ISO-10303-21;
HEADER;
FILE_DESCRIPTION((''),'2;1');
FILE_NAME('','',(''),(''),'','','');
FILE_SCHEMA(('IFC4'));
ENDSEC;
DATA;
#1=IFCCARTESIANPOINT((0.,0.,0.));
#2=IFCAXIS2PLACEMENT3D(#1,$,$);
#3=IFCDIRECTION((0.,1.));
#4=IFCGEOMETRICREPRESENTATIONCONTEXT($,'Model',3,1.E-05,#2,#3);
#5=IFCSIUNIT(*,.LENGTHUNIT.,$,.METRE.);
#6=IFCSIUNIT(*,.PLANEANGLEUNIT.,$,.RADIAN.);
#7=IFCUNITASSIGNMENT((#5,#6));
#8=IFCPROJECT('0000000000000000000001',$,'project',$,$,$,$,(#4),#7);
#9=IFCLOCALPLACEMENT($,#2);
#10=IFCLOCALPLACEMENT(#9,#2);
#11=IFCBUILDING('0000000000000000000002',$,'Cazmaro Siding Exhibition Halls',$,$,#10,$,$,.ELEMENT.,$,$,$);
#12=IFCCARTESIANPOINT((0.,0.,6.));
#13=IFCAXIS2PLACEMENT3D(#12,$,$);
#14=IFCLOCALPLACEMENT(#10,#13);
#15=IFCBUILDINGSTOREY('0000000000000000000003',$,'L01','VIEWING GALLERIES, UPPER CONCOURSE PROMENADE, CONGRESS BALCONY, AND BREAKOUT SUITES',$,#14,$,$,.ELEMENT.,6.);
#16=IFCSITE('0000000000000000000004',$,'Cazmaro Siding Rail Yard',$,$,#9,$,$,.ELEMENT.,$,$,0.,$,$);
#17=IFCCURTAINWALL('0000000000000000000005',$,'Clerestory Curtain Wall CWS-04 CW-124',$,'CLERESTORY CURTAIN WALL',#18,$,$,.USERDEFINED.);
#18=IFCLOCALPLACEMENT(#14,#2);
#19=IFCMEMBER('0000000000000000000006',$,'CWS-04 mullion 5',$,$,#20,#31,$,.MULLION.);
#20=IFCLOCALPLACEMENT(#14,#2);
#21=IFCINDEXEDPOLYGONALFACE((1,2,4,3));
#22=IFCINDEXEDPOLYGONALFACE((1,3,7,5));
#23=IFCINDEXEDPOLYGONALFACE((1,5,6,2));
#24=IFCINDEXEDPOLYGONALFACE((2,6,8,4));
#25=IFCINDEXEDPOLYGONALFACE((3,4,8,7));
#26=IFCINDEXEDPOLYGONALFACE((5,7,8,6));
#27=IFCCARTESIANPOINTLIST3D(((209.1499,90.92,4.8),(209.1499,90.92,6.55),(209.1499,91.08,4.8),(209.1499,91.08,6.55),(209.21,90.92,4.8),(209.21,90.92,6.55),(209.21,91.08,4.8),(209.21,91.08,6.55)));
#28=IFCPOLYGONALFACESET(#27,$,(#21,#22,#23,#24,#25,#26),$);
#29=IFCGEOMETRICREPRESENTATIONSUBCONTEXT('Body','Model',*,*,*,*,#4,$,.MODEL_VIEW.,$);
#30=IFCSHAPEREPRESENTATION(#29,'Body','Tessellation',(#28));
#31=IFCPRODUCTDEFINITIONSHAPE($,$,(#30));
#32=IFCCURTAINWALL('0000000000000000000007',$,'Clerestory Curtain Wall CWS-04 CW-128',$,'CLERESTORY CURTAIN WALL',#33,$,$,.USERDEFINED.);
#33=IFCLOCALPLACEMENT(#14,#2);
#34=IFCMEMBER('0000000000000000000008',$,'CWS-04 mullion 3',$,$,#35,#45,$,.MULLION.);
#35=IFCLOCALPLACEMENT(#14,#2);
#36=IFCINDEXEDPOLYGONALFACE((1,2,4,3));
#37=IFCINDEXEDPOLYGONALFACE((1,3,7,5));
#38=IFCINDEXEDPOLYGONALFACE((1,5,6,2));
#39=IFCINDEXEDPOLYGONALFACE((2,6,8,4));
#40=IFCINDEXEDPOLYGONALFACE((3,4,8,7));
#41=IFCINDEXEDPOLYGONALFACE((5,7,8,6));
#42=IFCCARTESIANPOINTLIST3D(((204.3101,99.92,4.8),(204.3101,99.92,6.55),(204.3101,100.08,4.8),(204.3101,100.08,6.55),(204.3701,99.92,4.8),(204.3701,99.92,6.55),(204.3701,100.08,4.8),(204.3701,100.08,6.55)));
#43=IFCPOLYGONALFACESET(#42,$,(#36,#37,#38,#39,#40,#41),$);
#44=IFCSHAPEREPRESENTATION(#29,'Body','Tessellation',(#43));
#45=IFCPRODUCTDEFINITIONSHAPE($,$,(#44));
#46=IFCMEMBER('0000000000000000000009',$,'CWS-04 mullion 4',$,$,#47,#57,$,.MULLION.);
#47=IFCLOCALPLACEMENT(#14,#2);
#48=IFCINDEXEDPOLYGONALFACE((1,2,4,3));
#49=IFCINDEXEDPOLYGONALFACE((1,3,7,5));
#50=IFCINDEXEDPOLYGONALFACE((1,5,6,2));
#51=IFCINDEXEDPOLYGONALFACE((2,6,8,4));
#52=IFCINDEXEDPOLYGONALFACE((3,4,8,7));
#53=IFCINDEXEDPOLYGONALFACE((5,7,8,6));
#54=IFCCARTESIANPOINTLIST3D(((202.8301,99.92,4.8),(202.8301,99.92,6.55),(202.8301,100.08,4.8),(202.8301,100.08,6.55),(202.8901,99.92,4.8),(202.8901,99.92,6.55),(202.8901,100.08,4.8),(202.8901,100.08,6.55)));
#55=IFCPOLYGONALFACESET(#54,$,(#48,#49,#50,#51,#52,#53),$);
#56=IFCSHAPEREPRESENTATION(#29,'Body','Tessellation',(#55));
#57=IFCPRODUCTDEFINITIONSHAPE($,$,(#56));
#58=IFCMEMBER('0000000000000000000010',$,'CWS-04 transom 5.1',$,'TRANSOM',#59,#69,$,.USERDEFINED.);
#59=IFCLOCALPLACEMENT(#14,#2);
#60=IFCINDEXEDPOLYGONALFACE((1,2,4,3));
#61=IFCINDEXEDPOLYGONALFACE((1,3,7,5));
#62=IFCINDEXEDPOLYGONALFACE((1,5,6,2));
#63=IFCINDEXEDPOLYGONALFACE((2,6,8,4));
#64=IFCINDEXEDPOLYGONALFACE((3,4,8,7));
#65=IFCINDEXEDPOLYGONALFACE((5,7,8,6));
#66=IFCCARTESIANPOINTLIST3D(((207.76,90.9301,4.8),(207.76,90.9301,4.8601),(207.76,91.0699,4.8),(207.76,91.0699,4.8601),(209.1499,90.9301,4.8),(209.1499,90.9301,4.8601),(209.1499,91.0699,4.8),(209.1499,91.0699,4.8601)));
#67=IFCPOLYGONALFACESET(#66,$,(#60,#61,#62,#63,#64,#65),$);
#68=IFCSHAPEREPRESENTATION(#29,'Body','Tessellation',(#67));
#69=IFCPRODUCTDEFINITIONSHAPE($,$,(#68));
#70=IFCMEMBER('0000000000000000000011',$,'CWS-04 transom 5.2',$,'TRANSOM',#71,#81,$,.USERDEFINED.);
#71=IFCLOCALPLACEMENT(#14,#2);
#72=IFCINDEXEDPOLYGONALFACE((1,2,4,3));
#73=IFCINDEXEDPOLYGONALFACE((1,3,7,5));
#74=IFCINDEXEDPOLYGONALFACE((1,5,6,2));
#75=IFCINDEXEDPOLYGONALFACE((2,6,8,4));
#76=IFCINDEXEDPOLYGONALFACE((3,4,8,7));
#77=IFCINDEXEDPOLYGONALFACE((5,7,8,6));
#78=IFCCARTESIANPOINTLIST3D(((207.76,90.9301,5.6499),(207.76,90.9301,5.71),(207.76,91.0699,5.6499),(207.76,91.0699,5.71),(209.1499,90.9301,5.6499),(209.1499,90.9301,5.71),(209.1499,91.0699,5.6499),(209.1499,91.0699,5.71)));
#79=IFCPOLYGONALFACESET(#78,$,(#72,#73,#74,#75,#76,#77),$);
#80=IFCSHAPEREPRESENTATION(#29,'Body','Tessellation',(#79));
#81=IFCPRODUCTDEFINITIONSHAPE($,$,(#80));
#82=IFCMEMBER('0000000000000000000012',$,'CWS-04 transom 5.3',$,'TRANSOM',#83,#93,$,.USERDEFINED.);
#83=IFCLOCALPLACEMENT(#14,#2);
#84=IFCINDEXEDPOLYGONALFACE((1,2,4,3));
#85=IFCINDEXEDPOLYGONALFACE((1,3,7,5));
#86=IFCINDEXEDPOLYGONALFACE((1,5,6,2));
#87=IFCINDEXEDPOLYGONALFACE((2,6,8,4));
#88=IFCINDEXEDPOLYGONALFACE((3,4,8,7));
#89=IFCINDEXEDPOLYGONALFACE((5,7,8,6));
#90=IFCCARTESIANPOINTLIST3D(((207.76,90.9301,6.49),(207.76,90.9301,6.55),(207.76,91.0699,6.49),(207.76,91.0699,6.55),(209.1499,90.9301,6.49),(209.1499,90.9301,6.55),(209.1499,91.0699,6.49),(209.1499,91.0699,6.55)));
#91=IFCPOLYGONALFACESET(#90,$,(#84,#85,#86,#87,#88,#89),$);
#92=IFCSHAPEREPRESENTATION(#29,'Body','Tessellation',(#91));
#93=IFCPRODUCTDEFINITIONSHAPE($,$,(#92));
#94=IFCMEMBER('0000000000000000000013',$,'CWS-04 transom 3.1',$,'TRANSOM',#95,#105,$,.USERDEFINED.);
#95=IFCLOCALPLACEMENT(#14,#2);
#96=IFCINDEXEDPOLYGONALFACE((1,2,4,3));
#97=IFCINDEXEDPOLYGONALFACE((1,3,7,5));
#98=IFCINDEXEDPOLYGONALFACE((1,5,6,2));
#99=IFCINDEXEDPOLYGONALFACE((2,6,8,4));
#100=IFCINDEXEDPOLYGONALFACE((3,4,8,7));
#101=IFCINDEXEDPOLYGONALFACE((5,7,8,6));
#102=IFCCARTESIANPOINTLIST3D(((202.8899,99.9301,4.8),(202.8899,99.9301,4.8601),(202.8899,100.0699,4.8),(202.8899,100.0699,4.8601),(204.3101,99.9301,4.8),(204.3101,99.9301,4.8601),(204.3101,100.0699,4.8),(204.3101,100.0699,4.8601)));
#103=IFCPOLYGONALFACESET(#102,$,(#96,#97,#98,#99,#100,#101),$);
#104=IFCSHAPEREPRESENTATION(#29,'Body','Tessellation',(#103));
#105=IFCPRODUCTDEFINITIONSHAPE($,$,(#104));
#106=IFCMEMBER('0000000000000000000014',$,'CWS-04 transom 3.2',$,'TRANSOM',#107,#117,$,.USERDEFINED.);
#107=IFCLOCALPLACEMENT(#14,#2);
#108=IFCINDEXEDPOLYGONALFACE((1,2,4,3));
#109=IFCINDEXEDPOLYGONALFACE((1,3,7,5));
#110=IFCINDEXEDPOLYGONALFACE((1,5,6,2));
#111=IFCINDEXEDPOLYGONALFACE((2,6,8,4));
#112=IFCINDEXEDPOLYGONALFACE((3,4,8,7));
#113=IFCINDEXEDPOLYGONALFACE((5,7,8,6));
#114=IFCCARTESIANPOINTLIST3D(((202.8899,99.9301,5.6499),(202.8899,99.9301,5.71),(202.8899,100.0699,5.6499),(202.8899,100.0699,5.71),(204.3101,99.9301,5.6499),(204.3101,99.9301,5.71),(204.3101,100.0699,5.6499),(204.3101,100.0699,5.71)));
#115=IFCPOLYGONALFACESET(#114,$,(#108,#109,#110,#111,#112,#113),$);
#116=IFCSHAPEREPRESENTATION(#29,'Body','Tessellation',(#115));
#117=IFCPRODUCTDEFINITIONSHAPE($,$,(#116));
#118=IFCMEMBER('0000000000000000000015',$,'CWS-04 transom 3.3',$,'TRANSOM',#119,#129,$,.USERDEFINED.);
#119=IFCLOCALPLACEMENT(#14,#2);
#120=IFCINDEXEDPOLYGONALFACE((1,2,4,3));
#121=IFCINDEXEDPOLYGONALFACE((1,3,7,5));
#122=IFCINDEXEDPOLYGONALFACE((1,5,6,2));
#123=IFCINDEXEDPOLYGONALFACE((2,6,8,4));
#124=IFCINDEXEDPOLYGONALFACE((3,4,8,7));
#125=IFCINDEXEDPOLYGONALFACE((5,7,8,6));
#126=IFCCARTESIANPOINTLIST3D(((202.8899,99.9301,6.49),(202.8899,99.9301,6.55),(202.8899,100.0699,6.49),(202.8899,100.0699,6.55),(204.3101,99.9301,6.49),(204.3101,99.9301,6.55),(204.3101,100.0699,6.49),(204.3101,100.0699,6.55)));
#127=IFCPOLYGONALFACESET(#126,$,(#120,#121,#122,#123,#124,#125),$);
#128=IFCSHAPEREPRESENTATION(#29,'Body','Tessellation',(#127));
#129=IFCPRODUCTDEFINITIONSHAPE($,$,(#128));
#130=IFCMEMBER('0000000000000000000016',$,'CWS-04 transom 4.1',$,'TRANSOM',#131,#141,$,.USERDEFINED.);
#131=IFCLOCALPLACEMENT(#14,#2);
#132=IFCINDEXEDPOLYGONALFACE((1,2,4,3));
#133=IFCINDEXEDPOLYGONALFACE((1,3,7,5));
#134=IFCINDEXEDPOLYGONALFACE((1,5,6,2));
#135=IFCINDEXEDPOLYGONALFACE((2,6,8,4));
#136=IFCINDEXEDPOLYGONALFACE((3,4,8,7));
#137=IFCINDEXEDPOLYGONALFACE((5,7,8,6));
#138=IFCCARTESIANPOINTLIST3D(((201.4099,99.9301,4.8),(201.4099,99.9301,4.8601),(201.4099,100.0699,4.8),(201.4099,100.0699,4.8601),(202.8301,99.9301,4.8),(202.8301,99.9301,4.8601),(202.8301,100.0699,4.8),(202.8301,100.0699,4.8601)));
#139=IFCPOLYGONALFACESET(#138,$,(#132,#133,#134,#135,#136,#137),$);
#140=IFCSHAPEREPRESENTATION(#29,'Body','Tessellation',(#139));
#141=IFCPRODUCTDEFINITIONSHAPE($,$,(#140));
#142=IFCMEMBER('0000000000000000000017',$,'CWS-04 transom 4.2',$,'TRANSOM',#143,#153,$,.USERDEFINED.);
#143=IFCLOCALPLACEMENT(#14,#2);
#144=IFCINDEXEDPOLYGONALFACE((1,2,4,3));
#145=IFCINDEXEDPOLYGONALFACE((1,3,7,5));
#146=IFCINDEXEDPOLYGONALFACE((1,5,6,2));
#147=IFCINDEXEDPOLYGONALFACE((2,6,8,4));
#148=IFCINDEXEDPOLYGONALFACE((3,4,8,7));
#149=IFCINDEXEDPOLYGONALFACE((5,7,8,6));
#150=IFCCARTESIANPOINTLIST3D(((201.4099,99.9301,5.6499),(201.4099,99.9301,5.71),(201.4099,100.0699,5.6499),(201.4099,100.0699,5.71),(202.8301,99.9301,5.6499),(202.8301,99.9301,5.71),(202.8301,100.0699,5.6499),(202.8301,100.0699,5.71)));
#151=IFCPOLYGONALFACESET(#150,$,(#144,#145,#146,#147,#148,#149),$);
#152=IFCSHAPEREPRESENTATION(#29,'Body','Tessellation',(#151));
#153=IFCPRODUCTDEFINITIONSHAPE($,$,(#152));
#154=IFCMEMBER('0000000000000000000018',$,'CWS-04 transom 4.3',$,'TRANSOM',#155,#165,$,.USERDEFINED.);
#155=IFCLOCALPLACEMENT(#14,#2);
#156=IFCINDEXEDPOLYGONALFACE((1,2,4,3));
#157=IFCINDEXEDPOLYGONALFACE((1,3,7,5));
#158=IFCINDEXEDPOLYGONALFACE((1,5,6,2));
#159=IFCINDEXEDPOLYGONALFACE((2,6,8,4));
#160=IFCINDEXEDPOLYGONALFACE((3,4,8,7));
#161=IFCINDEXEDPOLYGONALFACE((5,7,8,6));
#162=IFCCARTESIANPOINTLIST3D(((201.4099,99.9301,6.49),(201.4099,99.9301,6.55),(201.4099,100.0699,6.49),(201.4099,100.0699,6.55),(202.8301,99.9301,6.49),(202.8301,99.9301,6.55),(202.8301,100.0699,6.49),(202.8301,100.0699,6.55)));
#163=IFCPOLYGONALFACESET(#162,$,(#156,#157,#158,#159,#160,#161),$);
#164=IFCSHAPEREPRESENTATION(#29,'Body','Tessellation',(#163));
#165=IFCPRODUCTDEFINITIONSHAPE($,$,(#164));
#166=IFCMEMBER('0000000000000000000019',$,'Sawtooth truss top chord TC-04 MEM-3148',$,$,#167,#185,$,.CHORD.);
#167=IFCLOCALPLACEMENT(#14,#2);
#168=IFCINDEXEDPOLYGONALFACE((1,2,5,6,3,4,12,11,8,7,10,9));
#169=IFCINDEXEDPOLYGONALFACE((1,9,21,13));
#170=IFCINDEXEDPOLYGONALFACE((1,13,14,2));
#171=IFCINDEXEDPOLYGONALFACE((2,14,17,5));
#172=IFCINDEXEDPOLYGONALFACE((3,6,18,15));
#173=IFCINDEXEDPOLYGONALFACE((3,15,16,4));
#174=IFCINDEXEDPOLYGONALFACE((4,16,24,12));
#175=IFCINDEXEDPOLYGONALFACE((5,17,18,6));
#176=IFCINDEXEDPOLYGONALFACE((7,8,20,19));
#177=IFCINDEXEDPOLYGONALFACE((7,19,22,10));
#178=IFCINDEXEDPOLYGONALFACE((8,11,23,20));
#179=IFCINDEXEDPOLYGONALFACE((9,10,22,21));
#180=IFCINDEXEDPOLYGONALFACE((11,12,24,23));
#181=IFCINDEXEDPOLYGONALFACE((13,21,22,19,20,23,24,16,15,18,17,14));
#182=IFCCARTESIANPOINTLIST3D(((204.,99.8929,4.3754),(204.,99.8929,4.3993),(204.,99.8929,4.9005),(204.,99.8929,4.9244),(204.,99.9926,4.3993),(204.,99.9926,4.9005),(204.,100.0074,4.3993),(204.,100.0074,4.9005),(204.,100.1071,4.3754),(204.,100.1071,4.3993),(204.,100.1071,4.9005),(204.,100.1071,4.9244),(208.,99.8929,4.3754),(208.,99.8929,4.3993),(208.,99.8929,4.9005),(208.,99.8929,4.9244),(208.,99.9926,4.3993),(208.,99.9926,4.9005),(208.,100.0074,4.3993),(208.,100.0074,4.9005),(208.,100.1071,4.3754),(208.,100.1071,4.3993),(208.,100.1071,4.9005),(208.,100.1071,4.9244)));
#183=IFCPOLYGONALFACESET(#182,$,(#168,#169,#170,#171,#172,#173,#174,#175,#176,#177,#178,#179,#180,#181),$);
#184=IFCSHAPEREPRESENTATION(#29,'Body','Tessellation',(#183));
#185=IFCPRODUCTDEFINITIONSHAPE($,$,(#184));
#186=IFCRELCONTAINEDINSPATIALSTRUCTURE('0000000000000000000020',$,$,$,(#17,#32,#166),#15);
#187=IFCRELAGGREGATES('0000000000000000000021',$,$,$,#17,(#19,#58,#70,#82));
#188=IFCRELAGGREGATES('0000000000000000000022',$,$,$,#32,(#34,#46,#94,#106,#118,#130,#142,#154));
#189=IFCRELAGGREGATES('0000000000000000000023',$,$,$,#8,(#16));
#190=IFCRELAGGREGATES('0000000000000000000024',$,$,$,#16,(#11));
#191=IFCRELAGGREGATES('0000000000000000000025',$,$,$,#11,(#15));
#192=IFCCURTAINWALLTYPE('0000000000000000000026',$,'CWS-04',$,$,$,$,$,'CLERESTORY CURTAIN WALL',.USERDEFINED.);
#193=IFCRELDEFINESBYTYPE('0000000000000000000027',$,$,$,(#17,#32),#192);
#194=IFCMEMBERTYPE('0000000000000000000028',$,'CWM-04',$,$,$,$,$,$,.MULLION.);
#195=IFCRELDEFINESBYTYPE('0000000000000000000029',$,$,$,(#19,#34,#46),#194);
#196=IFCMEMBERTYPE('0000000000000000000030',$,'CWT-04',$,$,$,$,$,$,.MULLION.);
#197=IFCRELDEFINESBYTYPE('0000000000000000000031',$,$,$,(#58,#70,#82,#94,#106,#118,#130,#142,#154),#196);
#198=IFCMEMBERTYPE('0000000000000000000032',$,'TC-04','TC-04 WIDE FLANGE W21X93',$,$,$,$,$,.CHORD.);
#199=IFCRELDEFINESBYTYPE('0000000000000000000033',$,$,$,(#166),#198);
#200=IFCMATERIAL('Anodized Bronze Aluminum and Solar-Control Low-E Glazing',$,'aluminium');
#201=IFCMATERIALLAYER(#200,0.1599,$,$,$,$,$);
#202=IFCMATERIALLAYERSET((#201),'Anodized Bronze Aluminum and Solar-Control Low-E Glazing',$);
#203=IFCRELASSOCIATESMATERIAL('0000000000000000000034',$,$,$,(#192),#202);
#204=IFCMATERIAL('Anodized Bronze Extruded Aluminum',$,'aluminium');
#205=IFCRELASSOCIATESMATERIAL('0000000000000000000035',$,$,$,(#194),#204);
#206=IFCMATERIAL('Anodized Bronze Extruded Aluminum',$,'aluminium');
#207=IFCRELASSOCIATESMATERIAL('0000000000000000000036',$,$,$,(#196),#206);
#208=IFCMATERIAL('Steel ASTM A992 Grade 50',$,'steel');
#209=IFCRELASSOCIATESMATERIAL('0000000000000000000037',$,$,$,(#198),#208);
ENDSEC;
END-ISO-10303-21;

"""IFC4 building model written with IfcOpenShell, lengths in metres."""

from ifc_helpers import new_model, si_unit, direction, frame, origin, origin_2d, place, context, subcontext, project, spatial, rectangle, i_section, extrude, material, layer, layer_set, material_profile, profile_set, type_object, element, aggregate, save


model = new_model("IFC4")

# Units and contexts
model_context = context("Model", 3, precision=1e-05, world=origin(), true_north=direction((0.0, 1.0)))
body_context = subcontext(model_context, "Body", "Model", "MODEL_VIEW")
ifc_project = project(units=[si_unit("LENGTHUNIT", "METRE"), si_unit("PLANEANGLEUNIT", "RADIAN")], contexts=[model_context])

# Site, building, storey
site_placement = place(None, origin())
site = spatial("IfcSite", under=ifc_project, at=site_placement, Name="Cazmaro Siding Rail Yard", CompositionType="ELEMENT", RefElevation=0.0)
building_placement = place(site_placement, origin())
building = spatial("IfcBuilding", under=site, at=building_placement, Name="Cazmaro Siding Exhibition Halls", CompositionType="ELEMENT")
storey_placement = place(building_placement, frame((0.0, 0.0, 6.0)))
storey = spatial("IfcBuildingStorey", under=building, at=storey_placement, Name="L01", Description="VIEWING GALLERIES, UPPER CONCOURSE PROMENADE, CONGRESS BALCONY, AND BREAKOUT SUITES", CompositionType="ELEMENT", Elevation=6.0)

# Curtain wall, member
ifc_material_1 = material(Name="Anodized Bronze Aluminum and Solar-Control Low-E Glazing", Category="aluminium")
ifc_layer_1 = layer(ifc_material_1, 0.1599)
ifc_layer_set_1 = layer_set([ifc_layer_1], Name="Anodized Bronze Aluminum and Solar-Control Low-E Glazing")
curtain_wall_type = type_object("IfcCurtainWallType", Name="CWS-04", ElementType="CLERESTORY CURTAIN WALL", PredefinedType="USERDEFINED", material=ifc_layer_set_1)
curtain_wall_1_placement = place(storey_placement, origin())
curtain_wall_1 = element("IfcCurtainWall", 1, at=curtain_wall_1_placement, inside=storey, type_object=curtain_wall_type, Name="Clerestory Curtain Wall CWS-04 CW-124", ObjectType="CLERESTORY CURTAIN WALL", PredefinedType="USERDEFINED")
ifc_material_2 = material(Name="Anodized Bronze Extruded Aluminum", Category="aluminium")
ifc_material_profile_1 = material_profile(ifc_material_2, rectangle(XDim=0.1599, YDim=0.0601, at=origin_2d()), Name="CWM-04")
ifc_profile_set_1 = profile_set([ifc_material_profile_1], Name="Anodized Bronze Extruded Aluminum")
member_type_1 = type_object("IfcMemberType", Name="CWM-04", PredefinedType="MULLION", material=ifc_profile_set_1)
member_1_placement = place(storey_placement, frame((209.1799, 91.0, 4.8), z_axis=(0.0, 0.0, 1.0), x_axis=(0.0, -1.0, 0.0)))
member_1 = element("IfcMember", 2, at=member_1_placement, type_object=member_type_1, Name="CWS-04 mullion 5", PredefinedType="MULLION", context=body_context, shape_type="SweptSolid", body=[
    extrude(rectangle(XDim=0.1599, YDim=0.0601, at=origin_2d()), origin(), (0.0, 0.0, 1.0), 1.75),
])

# Curtain wall, members
curtain_wall_2_placement = place(storey_placement, origin())
curtain_wall_2 = element("IfcCurtainWall", 3, at=curtain_wall_2_placement, inside=storey, type_object=curtain_wall_type, Name="Clerestory Curtain Wall CWS-04 CW-128", ObjectType="CLERESTORY CURTAIN WALL", PredefinedType="USERDEFINED")
member_2_placement = place(storey_placement, frame((204.3401, 100.0, 4.8), z_axis=(0.0, 0.0, 1.0), x_axis=(0.0, -1.0, 0.0)))
member_2 = element("IfcMember", 4, at=member_2_placement, type_object=member_type_1, Name="CWS-04 mullion 3", PredefinedType="MULLION", context=body_context, shape_type="SweptSolid", body=[
    extrude(rectangle(XDim=0.1599, YDim=0.0601, at=origin_2d()), origin(), (0.0, 0.0, 1.0), 1.75),
])
member_3_placement = place(storey_placement, frame((202.8601, 100.0, 4.8), z_axis=(0.0, 0.0, 1.0), x_axis=(0.0, -1.0, 0.0)))
member_3 = element("IfcMember", 5, at=member_3_placement, type_object=member_type_1, Name="CWS-04 mullion 4", PredefinedType="MULLION", context=body_context, shape_type="SweptSolid", body=[
    extrude(rectangle(XDim=0.1599, YDim=0.0601, at=origin_2d()), origin(), (0.0, 0.0, 1.0), 1.75),
])

# Members
ifc_material_3 = material(Name="Anodized Bronze Extruded Aluminum", Category="aluminium")
ifc_material_profile_2 = material_profile(ifc_material_3, rectangle(XDim=0.1399, YDim=0.0601, at=origin_2d()), Name="CWT-04")
ifc_profile_set_2 = profile_set([ifc_material_profile_2], Name="Anodized Bronze Extruded Aluminum")
member_type_2 = type_object("IfcMemberType", Name="CWT-04", PredefinedType="MULLION", material=ifc_profile_set_2)
member_4_placement = place(storey_placement, frame((209.1499, 91.0, 4.8301), z_axis=(-1.0, 0.0, 0.0), x_axis=(0.0, -1.0, 0.0)))
member_4 = element("IfcMember", 6, at=member_4_placement, type_object=member_type_2, Name="CWS-04 transom 5.1", ObjectType="TRANSOM", PredefinedType="USERDEFINED", context=body_context, shape_type="SweptSolid", body=[
    extrude(rectangle(XDim=0.1399, YDim=0.0601, at=origin_2d()), origin(), (0.0, 0.0, 1.0), 1.3899),
])
member_5_placement = place(storey_placement, frame((209.1499, 91.0, 5.6799), z_axis=(-1.0, 0.0, 0.0), x_axis=(0.0, -1.0, 0.0)))
member_5 = element("IfcMember", 7, at=member_5_placement, type_object=member_type_2, Name="CWS-04 transom 5.2", ObjectType="TRANSOM", PredefinedType="USERDEFINED", context=body_context, shape_type="SweptSolid", body=[
    extrude(rectangle(XDim=0.1399, YDim=0.0601, at=origin_2d()), origin(), (0.0, 0.0, 1.0), 1.3899),
])
member_6_placement = place(storey_placement, frame((209.1499, 91.0, 6.52), z_axis=(-1.0, 0.0, 0.0), x_axis=(0.0, -1.0, 0.0)))
member_6 = element("IfcMember", 8, at=member_6_placement, type_object=member_type_2, Name="CWS-04 transom 5.3", ObjectType="TRANSOM", PredefinedType="USERDEFINED", context=body_context, shape_type="SweptSolid", body=[
    extrude(rectangle(XDim=0.1399, YDim=0.0601, at=origin_2d()), origin(), (0.0, 0.0, 1.0), 1.3899),
])
aggregate(curtain_wall_1, [member_1, member_4, member_5, member_6])
member_7_placement = place(storey_placement, frame((204.3101, 100.0, 4.8301), z_axis=(-1.0, 0.0, 0.0), x_axis=(0.0, -1.0, 0.0)))
member_7 = element("IfcMember", 9, at=member_7_placement, type_object=member_type_2, Name="CWS-04 transom 3.1", ObjectType="TRANSOM", PredefinedType="USERDEFINED", context=body_context, shape_type="SweptSolid", body=[
    extrude(rectangle(XDim=0.1399, YDim=0.0601, at=origin_2d()), origin(), (0.0, 0.0, 1.0), 1.4202),
])
member_8_placement = place(storey_placement, frame((204.3101, 100.0, 5.6799), z_axis=(-1.0, 0.0, 0.0), x_axis=(0.0, -1.0, 0.0)))
member_8 = element("IfcMember", 10, at=member_8_placement, type_object=member_type_2, Name="CWS-04 transom 3.2", ObjectType="TRANSOM", PredefinedType="USERDEFINED", context=body_context, shape_type="SweptSolid", body=[
    extrude(rectangle(XDim=0.1399, YDim=0.0601, at=origin_2d()), origin(), (0.0, 0.0, 1.0), 1.4202),
])
member_9_placement = place(storey_placement, frame((204.3101, 100.0, 6.52), z_axis=(-1.0, 0.0, 0.0), x_axis=(0.0, -1.0, 0.0)))
member_9 = element("IfcMember", 11, at=member_9_placement, type_object=member_type_2, Name="CWS-04 transom 3.3", ObjectType="TRANSOM", PredefinedType="USERDEFINED", context=body_context, shape_type="SweptSolid", body=[
    extrude(rectangle(XDim=0.1399, YDim=0.0601, at=origin_2d()), origin(), (0.0, 0.0, 1.0), 1.4202),
])
member_10_placement = place(storey_placement, frame((202.8301, 100.0, 4.8301), z_axis=(-1.0, 0.0, 0.0), x_axis=(0.0, -1.0, 0.0)))
member_10 = element("IfcMember", 12, at=member_10_placement, type_object=member_type_2, Name="CWS-04 transom 4.1", ObjectType="TRANSOM", PredefinedType="USERDEFINED", context=body_context, shape_type="SweptSolid", body=[
    extrude(rectangle(XDim=0.1399, YDim=0.0601, at=origin_2d()), origin(), (0.0, 0.0, 1.0), 1.4202),
])
member_11_placement = place(storey_placement, frame((202.8301, 100.0, 5.6799), z_axis=(-1.0, 0.0, 0.0), x_axis=(0.0, -1.0, 0.0)))
member_11 = element("IfcMember", 13, at=member_11_placement, type_object=member_type_2, Name="CWS-04 transom 4.2", ObjectType="TRANSOM", PredefinedType="USERDEFINED", context=body_context, shape_type="SweptSolid", body=[
    extrude(rectangle(XDim=0.1399, YDim=0.0601, at=origin_2d()), origin(), (0.0, 0.0, 1.0), 1.4202),
])
member_12_placement = place(storey_placement, frame((202.8301, 100.0, 6.52), z_axis=(-1.0, 0.0, 0.0), x_axis=(0.0, -1.0, 0.0)))
member_12 = element("IfcMember", 14, at=member_12_placement, type_object=member_type_2, Name="CWS-04 transom 4.3", ObjectType="TRANSOM", PredefinedType="USERDEFINED", context=body_context, shape_type="SweptSolid", body=[
    extrude(rectangle(XDim=0.1399, YDim=0.0601, at=origin_2d()), origin(), (0.0, 0.0, 1.0), 1.4202),
])

# Member
ifc_material_4 = material(Name="Steel ASTM A992 Grade 50", Category="steel")
ifc_material_profile_3 = material_profile(ifc_material_4, i_section(OverallWidth=0.2141, OverallDepth=0.5491, WebThickness=0.0149, FlangeThickness=0.0239, at=origin_2d()), Name="W21X93")
ifc_profile_set_3 = profile_set([ifc_material_profile_3], Name="Steel ASTM A992 Grade 50")
member_type_3 = type_object("IfcMemberType", Name="TC-04", Description="TC-04 WIDE FLANGE W21X93", PredefinedType="CHORD", material=ifc_profile_set_3)
member_13_placement = place(storey_placement, frame((204.0, 100.0, 4.6499), z_axis=(1.0, 0.0, 0.0), x_axis=(0.0, 1.0, 0.0)))
element("IfcMember", 15, at=member_13_placement, inside=storey, type_object=member_type_3, Name="Sawtooth truss top chord TC-04 MEM-3148", PredefinedType="CHORD", context=body_context, shape_type="SweptSolid", body=[
    extrude(i_section(OverallWidth=0.2141, OverallDepth=0.5491, WebThickness=0.0149, FlangeThickness=0.0239, at=origin_2d()), origin(), (0.0, 0.0, 1.0), 4.0),
])

aggregate(curtain_wall_2, [member_2, member_3, member_7, member_8, member_9, member_10, member_11, member_12])

save(model, "model.ifc")
